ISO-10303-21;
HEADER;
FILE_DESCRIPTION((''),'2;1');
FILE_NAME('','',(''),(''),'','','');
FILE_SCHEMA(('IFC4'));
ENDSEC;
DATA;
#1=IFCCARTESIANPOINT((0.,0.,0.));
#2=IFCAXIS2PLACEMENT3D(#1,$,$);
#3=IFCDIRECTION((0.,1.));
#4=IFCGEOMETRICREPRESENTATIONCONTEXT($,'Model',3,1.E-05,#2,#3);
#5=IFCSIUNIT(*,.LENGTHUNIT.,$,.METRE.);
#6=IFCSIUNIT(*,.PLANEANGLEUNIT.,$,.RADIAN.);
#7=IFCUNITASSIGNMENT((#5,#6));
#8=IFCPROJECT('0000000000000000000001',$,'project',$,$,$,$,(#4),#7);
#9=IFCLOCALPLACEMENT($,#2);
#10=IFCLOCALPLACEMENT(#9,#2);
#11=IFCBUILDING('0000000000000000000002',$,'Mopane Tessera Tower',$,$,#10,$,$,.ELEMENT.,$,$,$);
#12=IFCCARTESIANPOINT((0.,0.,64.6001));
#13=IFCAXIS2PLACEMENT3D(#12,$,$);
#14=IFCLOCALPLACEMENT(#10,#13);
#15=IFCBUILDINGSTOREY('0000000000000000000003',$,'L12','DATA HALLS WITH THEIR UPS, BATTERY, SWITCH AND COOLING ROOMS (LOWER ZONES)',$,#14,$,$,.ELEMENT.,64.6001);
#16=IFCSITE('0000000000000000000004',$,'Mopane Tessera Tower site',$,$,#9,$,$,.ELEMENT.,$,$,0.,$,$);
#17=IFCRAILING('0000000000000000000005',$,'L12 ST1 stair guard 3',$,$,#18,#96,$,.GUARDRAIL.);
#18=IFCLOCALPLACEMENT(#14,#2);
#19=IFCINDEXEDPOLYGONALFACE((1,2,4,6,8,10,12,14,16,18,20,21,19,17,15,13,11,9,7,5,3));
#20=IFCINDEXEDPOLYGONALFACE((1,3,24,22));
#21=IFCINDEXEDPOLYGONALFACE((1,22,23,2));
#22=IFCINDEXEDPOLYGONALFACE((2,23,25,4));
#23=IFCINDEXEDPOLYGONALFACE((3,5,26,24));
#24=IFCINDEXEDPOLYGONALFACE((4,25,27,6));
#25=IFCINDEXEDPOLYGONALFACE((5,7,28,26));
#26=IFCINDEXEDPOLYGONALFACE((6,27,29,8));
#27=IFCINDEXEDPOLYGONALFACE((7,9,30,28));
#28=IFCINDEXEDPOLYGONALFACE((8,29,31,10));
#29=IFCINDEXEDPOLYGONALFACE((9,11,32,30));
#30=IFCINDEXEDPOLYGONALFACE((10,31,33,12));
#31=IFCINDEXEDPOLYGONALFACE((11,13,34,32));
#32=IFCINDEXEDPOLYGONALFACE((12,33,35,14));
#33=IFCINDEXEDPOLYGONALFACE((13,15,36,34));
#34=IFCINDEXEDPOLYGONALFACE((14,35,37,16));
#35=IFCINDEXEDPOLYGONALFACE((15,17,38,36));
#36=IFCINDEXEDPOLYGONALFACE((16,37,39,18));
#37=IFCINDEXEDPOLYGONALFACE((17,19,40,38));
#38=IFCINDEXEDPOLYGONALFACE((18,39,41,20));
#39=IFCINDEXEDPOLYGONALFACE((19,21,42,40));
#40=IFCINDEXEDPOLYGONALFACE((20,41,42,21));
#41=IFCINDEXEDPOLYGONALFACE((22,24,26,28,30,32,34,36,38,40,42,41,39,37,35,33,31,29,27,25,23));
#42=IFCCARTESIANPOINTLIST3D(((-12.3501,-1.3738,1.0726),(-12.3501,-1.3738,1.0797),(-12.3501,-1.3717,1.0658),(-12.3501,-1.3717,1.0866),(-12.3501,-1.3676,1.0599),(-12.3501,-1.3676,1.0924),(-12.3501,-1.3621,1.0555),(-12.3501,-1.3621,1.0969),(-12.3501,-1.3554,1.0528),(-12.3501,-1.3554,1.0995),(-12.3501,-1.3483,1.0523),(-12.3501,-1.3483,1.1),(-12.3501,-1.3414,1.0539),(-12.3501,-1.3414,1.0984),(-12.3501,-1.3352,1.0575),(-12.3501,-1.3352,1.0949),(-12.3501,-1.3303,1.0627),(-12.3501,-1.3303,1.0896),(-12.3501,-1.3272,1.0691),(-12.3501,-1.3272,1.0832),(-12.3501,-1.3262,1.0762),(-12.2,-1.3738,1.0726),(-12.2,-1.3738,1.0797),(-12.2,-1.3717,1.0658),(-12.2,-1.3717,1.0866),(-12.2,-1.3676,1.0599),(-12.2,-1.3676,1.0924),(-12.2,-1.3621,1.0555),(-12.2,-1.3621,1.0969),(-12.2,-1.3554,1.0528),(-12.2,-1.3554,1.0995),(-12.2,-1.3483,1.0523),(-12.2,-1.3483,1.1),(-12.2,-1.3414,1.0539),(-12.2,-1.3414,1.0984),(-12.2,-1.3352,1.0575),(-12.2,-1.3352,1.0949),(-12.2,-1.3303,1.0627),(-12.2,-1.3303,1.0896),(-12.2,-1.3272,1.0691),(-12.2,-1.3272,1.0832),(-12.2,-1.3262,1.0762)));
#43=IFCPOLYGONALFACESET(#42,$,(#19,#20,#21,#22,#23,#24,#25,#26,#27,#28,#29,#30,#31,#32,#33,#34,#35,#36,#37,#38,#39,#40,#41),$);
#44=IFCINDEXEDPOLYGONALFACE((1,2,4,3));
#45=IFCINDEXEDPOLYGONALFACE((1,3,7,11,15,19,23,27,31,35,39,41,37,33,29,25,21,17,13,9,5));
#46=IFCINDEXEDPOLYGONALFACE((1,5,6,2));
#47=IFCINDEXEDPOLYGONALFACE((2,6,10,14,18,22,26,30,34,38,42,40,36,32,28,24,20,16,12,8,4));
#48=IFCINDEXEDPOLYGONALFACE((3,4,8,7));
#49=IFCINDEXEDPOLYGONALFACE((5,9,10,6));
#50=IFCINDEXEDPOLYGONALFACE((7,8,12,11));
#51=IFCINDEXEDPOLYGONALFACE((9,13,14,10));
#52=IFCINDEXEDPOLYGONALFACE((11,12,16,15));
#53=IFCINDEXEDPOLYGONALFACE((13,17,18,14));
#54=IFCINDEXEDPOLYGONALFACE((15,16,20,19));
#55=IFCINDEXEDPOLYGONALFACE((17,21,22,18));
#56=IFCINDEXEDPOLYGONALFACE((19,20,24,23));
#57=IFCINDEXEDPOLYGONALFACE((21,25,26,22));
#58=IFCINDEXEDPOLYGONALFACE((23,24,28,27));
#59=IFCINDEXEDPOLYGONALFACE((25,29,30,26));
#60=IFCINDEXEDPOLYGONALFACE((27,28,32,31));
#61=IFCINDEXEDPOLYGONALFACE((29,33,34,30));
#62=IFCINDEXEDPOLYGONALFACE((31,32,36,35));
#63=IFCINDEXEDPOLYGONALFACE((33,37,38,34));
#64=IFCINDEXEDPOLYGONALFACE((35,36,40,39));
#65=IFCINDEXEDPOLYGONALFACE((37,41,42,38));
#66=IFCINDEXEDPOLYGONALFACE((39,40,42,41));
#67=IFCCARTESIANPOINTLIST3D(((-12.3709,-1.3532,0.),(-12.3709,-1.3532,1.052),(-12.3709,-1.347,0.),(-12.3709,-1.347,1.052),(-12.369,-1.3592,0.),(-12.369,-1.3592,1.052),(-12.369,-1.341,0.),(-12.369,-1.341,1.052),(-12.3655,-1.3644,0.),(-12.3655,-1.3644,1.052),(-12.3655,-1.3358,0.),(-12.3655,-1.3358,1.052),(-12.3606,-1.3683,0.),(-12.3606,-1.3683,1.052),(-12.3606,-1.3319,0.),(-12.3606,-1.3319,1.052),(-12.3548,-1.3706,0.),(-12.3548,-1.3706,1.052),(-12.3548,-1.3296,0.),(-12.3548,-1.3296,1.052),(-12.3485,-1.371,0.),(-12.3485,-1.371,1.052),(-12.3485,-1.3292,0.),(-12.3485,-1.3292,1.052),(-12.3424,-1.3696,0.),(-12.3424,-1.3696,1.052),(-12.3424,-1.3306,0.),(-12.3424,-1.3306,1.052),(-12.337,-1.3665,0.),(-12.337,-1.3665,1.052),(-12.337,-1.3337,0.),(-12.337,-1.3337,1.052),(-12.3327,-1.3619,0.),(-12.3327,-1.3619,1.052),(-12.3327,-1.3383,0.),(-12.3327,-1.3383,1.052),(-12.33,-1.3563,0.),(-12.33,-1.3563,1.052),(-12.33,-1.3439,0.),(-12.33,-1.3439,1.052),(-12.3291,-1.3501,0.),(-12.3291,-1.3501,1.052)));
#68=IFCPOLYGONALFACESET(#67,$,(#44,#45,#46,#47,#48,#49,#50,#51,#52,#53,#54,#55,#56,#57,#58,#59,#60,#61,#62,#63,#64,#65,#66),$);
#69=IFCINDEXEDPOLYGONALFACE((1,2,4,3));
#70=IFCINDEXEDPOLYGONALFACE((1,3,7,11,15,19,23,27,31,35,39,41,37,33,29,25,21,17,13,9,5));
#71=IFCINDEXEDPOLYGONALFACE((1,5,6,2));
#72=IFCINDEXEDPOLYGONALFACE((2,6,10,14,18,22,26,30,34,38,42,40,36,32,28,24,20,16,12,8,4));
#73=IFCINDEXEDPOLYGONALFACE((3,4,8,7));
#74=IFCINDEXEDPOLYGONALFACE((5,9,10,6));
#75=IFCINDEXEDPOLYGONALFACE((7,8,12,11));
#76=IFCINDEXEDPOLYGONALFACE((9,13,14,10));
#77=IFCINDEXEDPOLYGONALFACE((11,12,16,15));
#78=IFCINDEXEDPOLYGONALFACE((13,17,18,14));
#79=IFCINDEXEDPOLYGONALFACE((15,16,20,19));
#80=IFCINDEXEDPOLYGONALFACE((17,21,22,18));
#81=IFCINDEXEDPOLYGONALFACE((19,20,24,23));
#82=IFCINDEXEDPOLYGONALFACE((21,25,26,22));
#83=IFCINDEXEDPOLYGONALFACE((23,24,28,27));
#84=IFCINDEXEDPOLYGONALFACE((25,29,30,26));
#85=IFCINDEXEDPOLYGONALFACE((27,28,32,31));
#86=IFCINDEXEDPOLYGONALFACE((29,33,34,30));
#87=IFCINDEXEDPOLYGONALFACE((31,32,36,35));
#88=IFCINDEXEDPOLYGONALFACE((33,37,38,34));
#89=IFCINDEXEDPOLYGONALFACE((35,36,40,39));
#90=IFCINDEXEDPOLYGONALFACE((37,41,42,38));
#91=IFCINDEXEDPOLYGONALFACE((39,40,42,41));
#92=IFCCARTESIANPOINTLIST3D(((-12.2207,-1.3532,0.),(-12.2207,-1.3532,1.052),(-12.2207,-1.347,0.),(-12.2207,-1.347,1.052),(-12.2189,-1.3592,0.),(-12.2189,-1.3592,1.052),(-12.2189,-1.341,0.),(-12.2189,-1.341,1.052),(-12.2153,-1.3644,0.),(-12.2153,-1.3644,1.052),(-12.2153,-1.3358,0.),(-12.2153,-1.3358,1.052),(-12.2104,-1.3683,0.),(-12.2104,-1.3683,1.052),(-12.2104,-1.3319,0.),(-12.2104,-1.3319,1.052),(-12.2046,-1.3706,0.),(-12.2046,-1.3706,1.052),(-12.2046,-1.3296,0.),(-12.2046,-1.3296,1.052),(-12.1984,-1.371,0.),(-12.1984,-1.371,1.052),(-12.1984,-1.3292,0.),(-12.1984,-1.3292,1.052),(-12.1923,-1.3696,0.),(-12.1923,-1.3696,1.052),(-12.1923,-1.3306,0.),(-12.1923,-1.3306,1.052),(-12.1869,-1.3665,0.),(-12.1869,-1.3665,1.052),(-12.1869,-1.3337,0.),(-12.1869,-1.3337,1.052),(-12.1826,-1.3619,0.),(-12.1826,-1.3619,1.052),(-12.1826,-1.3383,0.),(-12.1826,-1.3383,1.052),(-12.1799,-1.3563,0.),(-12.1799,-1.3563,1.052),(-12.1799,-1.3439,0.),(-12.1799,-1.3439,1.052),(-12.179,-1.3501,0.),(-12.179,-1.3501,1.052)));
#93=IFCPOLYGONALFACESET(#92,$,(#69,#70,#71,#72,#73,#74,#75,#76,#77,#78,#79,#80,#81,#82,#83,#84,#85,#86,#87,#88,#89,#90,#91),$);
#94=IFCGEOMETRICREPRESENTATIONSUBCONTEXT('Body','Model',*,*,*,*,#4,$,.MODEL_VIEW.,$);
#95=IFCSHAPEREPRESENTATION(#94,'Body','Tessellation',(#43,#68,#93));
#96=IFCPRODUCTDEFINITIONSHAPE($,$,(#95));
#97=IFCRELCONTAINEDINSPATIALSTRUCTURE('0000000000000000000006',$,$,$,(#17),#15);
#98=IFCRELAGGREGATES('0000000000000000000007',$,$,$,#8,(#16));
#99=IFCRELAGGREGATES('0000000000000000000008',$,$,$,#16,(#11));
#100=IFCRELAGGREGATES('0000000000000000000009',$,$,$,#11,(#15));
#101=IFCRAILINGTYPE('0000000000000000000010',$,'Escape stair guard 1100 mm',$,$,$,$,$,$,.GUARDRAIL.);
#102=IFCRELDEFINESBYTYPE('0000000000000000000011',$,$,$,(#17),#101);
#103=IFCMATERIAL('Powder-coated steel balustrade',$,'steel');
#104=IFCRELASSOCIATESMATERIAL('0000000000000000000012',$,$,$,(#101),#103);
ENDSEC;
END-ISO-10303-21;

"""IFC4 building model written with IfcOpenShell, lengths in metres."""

from ifc_helpers import new_model, si_unit, direction, frame, origin, origin_2d, place, context, subcontext, project, spatial, circle, extrude, material, type_object, element, save


model = new_model("IFC4")

# Units and contexts
model_context = context("Model", 3, precision=1e-05, world=origin(), true_north=direction((0.0, 1.0)))
body_context = subcontext(model_context, "Body", "Model", "MODEL_VIEW")
ifc_project = project(units=[si_unit("LENGTHUNIT", "METRE"), si_unit("PLANEANGLEUNIT", "RADIAN")], contexts=[model_context])

# Site, building, storey
site_placement = place(None, origin())
site = spatial("IfcSite", under=ifc_project, at=site_placement, Name="Mopane Tessera Tower site", CompositionType="ELEMENT", RefElevation=0.0)
building_placement = place(site_placement, origin())
building = spatial("IfcBuilding", under=site, at=building_placement, Name="Mopane Tessera Tower", CompositionType="ELEMENT")
storey_placement = place(building_placement, frame((0.0, 0.0, 64.6001)))
storey = spatial("IfcBuildingStorey", under=building, at=storey_placement, Name="L12", Description="DATA HALLS WITH THEIR UPS, BATTERY, SWITCH AND COOLING ROOMS (LOWER ZONES)", CompositionType="ELEMENT", Elevation=64.6001)

# Railing
ifc_material_1 = material(Name="Powder-coated steel balustrade", Category="steel")
railing_type_1 = type_object("IfcRailingType", Name="Escape stair guard 1100 mm", PredefinedType="GUARDRAIL", material=ifc_material_1)
railing_1_placement = place(storey_placement, frame((-12.3501, -1.3501, 0.0)))
element("IfcRailing", 1, at=railing_1_placement, inside=storey, type_object=railing_type_1, Name="L12 ST1 stair guard 3", PredefinedType="GUARDRAIL", context=body_context, shape_type="SweptSolid", body=[
    extrude(circle(Radius=0.0239, at=origin_2d()), frame((0.0, 0.0, 1.0762), z_axis=(1.0, 0.0, 0.0), x_axis=(0.0, 1.0, 0.0)), (0.0, 0.0, 1.0), 0.1501),
    extrude(circle(Radius=0.021, at=origin_2d()), origin(), (0.0, 0.0, 1.0), 1.052),
    extrude(circle(Radius=0.021, at=origin_2d()), frame((0.1501, 0.0, 0.0)), (0.0, 0.0, 1.0), 1.052),
])

save(model, "model.ifc")
